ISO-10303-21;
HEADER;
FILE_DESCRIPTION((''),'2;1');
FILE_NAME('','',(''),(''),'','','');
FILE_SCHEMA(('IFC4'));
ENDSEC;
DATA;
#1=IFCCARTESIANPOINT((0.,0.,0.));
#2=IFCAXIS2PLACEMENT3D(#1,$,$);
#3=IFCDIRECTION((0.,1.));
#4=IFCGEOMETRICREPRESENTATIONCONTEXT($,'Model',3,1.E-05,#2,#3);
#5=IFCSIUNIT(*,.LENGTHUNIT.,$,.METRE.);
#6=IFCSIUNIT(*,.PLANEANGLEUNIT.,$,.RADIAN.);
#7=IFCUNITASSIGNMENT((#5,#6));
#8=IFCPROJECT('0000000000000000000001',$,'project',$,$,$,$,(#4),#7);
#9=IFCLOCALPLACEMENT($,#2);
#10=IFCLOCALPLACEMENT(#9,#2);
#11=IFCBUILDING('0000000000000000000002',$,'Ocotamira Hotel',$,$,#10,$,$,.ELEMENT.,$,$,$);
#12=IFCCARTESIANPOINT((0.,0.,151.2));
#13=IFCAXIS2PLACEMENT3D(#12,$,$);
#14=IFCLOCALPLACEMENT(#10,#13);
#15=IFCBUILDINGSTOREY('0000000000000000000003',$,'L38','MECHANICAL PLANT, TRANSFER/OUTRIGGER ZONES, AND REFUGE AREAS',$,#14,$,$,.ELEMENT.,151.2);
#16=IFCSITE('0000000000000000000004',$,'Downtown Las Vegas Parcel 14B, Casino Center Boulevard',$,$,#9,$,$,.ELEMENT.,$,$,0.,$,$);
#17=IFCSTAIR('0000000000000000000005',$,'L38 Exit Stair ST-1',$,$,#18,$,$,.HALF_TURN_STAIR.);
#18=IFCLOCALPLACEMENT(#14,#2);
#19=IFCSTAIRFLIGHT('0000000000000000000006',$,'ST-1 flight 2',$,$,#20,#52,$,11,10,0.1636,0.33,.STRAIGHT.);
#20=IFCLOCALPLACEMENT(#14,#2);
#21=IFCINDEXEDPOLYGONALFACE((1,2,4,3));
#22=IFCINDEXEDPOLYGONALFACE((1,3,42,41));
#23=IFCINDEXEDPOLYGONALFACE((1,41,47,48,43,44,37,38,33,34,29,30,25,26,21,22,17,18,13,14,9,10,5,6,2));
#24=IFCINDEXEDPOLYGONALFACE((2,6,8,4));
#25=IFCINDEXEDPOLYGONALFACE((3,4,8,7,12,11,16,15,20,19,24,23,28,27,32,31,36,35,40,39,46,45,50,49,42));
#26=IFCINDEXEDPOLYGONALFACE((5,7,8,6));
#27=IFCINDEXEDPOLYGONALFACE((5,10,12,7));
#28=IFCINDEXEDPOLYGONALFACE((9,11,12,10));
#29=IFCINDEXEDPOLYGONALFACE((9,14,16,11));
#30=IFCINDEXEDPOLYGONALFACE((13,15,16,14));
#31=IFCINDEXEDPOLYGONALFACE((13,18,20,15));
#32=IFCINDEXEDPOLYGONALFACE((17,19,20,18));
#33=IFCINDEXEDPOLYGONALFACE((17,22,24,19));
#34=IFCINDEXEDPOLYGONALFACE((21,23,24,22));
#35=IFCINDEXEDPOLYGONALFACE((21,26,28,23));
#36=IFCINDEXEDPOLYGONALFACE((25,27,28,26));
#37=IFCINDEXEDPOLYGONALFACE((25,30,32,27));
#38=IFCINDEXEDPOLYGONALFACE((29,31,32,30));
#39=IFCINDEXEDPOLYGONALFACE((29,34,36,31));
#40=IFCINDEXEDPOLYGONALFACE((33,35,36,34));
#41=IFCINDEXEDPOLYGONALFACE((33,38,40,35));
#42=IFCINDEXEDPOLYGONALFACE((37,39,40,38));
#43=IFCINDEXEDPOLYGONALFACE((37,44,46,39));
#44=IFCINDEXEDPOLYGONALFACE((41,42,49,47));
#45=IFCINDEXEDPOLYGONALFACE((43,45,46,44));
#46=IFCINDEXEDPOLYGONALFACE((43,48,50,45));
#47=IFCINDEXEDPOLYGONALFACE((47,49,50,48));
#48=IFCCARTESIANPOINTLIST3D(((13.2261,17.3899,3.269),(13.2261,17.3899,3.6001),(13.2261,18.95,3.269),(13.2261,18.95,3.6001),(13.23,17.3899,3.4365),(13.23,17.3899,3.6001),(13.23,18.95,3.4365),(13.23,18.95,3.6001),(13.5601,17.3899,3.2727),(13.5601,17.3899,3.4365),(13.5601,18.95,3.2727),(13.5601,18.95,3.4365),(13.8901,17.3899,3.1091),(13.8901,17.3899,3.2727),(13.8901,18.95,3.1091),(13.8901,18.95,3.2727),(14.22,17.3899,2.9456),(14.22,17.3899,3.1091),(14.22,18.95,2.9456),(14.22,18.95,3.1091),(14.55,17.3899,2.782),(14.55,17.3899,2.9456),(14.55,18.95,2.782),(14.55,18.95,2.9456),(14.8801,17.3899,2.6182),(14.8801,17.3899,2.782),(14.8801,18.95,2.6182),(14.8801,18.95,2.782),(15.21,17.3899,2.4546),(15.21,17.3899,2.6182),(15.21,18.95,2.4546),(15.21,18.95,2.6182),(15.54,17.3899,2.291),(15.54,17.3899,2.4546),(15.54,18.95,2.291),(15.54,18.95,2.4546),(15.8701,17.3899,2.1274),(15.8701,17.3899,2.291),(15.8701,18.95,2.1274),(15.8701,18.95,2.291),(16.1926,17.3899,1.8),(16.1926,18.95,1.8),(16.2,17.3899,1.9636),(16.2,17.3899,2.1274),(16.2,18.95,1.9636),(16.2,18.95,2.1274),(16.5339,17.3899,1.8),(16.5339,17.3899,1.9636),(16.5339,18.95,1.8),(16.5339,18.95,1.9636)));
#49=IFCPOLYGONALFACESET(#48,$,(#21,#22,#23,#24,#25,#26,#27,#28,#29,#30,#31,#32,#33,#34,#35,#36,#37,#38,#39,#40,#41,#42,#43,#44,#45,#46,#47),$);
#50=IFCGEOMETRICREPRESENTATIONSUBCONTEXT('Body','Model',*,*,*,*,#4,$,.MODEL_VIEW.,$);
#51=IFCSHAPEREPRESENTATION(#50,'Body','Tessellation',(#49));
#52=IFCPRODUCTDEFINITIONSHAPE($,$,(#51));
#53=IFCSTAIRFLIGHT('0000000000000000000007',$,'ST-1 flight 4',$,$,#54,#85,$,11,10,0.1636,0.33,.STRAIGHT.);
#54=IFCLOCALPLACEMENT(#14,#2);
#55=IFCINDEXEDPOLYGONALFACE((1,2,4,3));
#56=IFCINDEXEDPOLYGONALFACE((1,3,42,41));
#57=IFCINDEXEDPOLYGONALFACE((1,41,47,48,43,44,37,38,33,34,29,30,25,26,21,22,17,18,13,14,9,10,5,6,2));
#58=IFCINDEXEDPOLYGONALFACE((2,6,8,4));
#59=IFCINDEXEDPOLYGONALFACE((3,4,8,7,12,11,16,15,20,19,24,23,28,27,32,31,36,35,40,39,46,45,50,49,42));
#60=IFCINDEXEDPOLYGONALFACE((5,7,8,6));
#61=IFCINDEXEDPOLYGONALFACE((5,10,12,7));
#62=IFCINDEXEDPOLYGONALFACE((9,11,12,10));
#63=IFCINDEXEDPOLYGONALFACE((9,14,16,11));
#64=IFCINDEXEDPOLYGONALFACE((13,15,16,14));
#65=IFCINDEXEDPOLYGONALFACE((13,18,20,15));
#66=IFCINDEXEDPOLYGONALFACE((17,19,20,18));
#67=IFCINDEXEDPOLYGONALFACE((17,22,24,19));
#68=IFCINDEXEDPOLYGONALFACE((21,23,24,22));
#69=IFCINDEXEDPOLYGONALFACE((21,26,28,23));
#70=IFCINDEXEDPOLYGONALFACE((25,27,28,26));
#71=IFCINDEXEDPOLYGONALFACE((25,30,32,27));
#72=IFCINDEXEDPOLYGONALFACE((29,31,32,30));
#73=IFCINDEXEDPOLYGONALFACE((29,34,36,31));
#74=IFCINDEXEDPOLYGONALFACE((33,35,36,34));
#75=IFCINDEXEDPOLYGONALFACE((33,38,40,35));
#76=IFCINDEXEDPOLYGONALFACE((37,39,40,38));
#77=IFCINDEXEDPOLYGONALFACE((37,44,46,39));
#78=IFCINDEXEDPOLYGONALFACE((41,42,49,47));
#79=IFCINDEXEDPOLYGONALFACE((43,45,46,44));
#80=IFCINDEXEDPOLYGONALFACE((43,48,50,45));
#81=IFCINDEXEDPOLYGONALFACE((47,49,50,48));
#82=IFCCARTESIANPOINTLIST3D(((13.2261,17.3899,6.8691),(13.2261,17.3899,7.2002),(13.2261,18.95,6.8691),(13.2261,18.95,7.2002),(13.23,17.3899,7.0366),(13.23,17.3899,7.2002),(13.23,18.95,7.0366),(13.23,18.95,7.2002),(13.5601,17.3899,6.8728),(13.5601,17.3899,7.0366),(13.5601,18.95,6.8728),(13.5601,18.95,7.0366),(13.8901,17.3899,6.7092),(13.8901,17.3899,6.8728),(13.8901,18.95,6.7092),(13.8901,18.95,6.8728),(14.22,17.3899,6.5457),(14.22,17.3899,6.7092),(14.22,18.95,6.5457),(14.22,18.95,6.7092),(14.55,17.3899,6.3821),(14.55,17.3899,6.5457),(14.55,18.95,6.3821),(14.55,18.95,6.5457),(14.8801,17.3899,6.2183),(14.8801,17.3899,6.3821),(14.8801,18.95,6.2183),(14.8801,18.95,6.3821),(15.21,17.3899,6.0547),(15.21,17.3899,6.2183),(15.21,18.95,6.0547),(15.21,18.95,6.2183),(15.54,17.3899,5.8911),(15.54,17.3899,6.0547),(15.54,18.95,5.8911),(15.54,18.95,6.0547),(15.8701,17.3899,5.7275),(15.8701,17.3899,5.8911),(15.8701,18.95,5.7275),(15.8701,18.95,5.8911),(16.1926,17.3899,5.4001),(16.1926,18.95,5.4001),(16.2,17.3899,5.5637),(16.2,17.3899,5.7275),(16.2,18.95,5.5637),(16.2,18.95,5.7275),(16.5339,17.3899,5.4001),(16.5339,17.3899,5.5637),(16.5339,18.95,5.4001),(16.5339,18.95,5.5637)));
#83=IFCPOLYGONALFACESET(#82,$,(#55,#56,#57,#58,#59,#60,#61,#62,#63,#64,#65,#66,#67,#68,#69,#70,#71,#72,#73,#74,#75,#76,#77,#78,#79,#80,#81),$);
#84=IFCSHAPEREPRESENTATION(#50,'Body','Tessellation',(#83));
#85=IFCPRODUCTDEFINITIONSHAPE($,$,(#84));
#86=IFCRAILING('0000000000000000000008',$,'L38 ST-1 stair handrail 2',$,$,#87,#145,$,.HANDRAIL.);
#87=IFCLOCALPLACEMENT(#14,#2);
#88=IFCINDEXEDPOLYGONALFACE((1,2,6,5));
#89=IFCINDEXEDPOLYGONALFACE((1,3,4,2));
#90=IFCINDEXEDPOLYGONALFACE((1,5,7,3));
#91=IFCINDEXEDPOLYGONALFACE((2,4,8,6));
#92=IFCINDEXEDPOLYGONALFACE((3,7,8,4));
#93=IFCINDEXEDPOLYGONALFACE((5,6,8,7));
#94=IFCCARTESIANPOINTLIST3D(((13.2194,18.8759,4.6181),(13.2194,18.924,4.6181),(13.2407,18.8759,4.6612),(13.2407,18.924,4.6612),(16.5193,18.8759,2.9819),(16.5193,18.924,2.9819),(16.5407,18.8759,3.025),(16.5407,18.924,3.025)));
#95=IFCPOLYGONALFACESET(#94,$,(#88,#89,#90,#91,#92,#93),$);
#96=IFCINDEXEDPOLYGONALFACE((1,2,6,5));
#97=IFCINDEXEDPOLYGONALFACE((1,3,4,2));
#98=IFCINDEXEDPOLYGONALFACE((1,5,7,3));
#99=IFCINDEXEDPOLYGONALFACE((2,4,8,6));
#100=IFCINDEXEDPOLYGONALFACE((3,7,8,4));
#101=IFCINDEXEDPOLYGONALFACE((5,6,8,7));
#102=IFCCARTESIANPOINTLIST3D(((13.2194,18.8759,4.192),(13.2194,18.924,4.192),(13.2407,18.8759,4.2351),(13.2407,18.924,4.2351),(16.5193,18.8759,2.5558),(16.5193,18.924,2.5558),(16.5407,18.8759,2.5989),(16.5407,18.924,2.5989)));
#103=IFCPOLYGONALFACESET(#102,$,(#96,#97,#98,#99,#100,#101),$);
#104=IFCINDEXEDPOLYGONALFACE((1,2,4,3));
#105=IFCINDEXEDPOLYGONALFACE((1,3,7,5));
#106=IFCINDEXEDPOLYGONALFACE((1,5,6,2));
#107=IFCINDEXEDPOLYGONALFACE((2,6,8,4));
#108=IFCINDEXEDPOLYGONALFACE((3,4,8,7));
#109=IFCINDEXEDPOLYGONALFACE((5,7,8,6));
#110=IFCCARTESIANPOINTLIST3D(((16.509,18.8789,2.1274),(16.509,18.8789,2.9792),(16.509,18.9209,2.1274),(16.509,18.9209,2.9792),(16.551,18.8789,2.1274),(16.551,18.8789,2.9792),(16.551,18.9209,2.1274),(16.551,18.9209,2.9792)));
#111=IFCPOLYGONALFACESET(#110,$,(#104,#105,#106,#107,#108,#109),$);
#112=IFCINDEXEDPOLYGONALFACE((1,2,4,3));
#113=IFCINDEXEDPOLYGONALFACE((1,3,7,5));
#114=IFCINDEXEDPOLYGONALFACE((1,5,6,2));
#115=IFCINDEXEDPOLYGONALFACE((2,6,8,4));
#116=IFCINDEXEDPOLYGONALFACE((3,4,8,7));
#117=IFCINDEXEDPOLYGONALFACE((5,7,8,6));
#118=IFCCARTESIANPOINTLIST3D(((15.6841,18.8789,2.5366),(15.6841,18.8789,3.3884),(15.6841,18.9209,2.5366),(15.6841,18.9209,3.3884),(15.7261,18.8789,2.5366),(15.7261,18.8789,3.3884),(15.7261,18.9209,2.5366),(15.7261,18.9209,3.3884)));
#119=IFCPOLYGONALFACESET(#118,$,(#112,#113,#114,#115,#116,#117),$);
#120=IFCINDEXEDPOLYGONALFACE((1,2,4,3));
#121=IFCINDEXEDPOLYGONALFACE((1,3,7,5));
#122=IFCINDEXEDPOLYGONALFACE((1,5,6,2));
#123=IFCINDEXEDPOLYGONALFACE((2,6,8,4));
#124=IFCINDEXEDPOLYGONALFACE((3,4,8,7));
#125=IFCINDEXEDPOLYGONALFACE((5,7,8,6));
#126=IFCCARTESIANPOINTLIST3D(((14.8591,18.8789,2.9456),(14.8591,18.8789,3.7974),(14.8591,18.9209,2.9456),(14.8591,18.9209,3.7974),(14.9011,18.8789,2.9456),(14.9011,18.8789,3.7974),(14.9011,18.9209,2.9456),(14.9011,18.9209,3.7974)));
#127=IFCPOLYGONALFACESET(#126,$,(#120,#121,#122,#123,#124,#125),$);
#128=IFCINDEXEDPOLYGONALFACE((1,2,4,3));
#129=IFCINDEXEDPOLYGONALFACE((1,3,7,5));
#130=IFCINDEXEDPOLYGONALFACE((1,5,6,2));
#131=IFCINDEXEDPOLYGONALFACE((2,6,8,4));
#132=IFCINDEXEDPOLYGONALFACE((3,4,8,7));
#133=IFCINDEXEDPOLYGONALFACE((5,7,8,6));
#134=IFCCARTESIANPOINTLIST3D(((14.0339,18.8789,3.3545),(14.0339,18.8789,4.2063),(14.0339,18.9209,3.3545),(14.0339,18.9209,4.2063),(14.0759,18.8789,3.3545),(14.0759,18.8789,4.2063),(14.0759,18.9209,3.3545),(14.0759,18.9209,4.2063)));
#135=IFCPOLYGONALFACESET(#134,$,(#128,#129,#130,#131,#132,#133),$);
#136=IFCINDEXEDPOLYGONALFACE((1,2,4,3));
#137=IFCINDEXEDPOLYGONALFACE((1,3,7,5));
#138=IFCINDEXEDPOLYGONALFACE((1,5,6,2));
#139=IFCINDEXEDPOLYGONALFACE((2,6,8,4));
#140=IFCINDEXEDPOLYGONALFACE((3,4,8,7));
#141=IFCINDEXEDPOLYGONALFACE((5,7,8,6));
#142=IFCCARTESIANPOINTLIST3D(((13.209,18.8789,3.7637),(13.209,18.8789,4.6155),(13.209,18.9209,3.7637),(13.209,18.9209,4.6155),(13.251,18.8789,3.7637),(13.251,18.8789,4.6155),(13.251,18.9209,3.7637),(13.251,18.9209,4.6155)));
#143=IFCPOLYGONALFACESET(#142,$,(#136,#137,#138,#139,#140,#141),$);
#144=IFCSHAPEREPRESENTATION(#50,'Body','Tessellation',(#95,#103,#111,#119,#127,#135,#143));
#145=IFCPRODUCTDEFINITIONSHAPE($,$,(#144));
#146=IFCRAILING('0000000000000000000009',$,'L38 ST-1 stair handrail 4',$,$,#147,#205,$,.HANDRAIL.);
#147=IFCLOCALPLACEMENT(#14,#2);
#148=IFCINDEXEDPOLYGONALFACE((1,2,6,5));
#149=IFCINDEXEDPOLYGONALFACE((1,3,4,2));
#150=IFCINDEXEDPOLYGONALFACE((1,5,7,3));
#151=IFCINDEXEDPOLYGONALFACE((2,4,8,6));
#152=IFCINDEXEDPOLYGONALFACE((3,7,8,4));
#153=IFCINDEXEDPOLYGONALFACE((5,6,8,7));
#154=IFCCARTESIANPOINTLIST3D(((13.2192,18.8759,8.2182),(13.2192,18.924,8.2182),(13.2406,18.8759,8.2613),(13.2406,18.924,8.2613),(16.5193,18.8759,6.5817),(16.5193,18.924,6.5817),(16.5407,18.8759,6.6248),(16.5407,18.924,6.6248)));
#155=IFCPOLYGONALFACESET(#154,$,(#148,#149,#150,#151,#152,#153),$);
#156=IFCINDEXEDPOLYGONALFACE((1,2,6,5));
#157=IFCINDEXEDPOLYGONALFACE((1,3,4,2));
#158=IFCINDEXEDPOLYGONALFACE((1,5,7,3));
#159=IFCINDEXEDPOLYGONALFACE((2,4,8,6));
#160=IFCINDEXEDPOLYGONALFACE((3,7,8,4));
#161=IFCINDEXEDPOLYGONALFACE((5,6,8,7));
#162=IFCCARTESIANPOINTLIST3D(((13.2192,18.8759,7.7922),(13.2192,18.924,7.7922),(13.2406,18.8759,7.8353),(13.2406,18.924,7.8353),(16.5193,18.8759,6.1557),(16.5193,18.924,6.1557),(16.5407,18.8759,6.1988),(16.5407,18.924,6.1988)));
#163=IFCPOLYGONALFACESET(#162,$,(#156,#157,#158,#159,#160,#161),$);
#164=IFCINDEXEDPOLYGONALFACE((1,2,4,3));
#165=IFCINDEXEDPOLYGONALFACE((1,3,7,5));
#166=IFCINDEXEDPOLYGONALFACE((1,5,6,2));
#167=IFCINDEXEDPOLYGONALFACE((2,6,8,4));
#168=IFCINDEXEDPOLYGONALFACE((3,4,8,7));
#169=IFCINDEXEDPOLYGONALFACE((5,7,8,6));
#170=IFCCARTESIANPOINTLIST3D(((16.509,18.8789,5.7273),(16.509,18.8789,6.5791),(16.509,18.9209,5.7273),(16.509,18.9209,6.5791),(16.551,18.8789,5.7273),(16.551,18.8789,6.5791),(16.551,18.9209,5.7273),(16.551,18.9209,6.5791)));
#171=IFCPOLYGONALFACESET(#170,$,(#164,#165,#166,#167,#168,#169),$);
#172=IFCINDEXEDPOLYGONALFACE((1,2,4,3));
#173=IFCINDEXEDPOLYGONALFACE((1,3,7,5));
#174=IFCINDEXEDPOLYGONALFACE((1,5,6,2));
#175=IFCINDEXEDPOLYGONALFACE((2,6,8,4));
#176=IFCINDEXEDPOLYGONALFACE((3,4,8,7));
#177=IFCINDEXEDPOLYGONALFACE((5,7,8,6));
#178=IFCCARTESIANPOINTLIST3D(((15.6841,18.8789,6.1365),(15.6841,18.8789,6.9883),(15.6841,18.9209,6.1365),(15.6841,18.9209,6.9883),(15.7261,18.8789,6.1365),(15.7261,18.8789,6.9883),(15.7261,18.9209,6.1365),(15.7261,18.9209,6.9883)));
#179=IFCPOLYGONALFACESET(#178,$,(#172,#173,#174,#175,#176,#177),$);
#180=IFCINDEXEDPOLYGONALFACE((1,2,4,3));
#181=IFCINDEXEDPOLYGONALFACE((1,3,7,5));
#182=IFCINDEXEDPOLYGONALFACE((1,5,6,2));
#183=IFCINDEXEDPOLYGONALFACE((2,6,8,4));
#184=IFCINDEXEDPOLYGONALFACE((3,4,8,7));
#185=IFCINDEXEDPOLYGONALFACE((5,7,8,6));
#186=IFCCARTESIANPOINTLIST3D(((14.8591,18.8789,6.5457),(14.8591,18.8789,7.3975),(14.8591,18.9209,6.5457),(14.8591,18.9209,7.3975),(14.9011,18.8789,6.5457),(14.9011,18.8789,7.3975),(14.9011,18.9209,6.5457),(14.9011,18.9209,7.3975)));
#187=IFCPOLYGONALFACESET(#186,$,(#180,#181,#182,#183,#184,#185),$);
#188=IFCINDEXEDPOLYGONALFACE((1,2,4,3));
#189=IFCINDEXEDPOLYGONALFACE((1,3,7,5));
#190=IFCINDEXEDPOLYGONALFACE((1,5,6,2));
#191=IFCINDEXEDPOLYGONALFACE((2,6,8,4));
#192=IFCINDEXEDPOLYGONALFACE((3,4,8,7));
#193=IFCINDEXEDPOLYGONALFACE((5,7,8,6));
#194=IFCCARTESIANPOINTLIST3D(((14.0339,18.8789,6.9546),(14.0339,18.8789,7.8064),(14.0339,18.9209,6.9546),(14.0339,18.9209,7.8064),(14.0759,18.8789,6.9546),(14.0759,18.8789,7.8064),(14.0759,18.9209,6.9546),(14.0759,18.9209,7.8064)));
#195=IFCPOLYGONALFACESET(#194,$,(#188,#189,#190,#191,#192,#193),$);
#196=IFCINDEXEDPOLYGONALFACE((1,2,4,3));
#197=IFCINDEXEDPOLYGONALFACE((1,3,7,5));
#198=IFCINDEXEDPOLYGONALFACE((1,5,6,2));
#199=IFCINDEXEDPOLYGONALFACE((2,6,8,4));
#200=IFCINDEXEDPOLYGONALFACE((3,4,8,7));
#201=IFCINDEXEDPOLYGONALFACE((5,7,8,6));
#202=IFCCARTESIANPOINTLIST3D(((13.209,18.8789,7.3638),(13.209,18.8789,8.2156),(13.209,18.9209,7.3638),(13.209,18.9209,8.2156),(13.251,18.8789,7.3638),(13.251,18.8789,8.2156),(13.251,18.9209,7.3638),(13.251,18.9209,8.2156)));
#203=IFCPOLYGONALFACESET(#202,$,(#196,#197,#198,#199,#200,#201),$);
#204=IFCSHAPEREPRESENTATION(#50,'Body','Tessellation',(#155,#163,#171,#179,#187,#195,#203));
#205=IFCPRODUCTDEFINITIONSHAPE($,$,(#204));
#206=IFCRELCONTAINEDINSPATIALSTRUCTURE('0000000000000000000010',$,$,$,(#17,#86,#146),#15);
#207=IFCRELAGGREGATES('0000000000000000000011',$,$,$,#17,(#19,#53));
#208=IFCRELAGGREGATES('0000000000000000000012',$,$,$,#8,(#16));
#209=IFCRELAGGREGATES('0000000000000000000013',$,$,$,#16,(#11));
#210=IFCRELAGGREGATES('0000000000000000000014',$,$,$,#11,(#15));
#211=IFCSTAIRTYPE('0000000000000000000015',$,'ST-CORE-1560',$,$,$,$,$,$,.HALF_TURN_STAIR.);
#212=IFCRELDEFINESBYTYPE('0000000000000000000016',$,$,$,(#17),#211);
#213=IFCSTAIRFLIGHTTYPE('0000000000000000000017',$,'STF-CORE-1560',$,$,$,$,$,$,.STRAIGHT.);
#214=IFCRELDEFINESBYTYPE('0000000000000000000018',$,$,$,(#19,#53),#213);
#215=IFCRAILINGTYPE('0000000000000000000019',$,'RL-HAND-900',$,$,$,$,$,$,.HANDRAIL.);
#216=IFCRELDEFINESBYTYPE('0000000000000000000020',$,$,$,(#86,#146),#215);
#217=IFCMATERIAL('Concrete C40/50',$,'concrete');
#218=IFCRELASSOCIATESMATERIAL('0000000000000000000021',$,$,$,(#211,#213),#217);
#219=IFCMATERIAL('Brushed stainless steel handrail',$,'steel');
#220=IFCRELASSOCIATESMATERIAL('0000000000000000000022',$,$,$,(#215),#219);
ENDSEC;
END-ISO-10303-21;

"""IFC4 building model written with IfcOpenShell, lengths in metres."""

from ifc_helpers import new_model, si_unit, direction, frame, origin, origin_2d, place, context, subcontext, project, spatial, polyline, rectangle, outline, extrude, source, transform, mapped, material, type_object, element, aggregate, save


model = new_model("IFC4")

# Units and contexts
model_context = context("Model", 3, precision=1e-05, world=origin(), true_north=direction((0.0, 1.0)))
body_context = subcontext(model_context, "Body", "Model", "MODEL_VIEW")
ifc_project = project(units=[si_unit("LENGTHUNIT", "METRE"), si_unit("PLANEANGLEUNIT", "RADIAN")], contexts=[model_context])

# Site, building, storey
site_placement = place(None, origin())
site = spatial("IfcSite", under=ifc_project, at=site_placement, Name="Downtown Las Vegas Parcel 14B, Casino Center Boulevard", CompositionType="ELEMENT", RefElevation=0.0)
building_placement = place(site_placement, origin())
building = spatial("IfcBuilding", under=site, at=building_placement, Name="Ocotamira Hotel", CompositionType="ELEMENT")
storey_placement = place(building_placement, frame((0.0, 0.0, 151.2)))
storey = spatial("IfcBuildingStorey", under=building, at=storey_placement, Name="L38", Description="MECHANICAL PLANT, TRANSFER/OUTRIGGER ZONES, AND REFUGE AREAS", CompositionType="ELEMENT", Elevation=151.2)

# Stair, stair flights
ifc_material_1 = material(Name="Concrete C40/50", Category="concrete")
stair_type = type_object("IfcStairType", Name="ST-CORE-1560", PredefinedType="HALF_TURN_STAIR", material=ifc_material_1)
stair_placement = place(storey_placement, origin())
stair = element("IfcStair", 1, at=stair_placement, inside=storey, type_object=stair_type, Name="L38 Exit Stair ST-1", PredefinedType="HALF_TURN_STAIR")
stair_flight_type = type_object("IfcStairFlightType", Name="STF-CORE-1560", PredefinedType="STRAIGHT", material=ifc_material_1)
shared_shape_1 = source(origin(), body_context, "Body", "SweptSolid", [
    extrude(outline(polyline([(-0.0039, 0.0), (-0.0039, 0.1636), (0.3301, 0.1636), (0.3301, 0.3274), (0.6599, 0.3274), (0.6599, 0.491), (0.99, 0.491), (0.99, 0.6545), (1.3201, 0.6545), (1.3201, 0.8181), (1.6499, 0.8181), (1.6499, 0.9819), (1.98, 0.9819), (1.98, 1.1455), (2.3101, 1.1455), (2.3101, 1.3091), (2.6399, 1.3091), (2.6399, 1.4727), (2.97, 1.4727), (2.97, 1.6365), (3.3, 1.6365), (3.3, 1.8), (3.304, 1.8), (3.304, 1.469), (0.3374, 0.0), (-0.0039, 0.0)])), frame((0.0, 0.78, 0.0), z_axis=(0.0, -1.0, 0.0), x_axis=(1.0, 0.0, 0.0)), (0.0, 0.0, 1.0), 1.5601),
])
stair_flight_1_placement = place(storey_placement, frame((16.53, 18.1699, 1.8), z_axis=(0.0, 0.0, 1.0), x_axis=(-1.0, 0.0, 0.0)))
stair_flight_1 = element("IfcStairFlight", 2, at=stair_flight_1_placement, type_object=stair_flight_type, Name="ST-1 flight 2", NumberOfRisers=11, NumberOfTreads=10, PredefinedType="STRAIGHT", RiserHeight=0.1636, TreadLength=0.33, context=body_context, shape_type="MappedRepresentation", body=[
    mapped(shared_shape_1, transform((0.0, 0.0, 0.0), scale=1.0)),
])
stair_flight_2_placement = place(storey_placement, frame((16.53, 18.1699, 5.4001), z_axis=(0.0, 0.0, 1.0), x_axis=(-1.0, 0.0, 0.0)))
stair_flight_2 = element("IfcStairFlight", 3, at=stair_flight_2_placement, type_object=stair_flight_type, Name="ST-1 flight 4", NumberOfRisers=11, NumberOfTreads=10, PredefinedType="STRAIGHT", RiserHeight=0.1636, TreadLength=0.33, context=body_context, shape_type="MappedRepresentation", body=[
    mapped(shared_shape_1, transform((0.0, 0.0, 0.0), scale=1.0)),
])
aggregate(stair, [stair_flight_1, stair_flight_2])

# Railings
ifc_material_2 = material(Name="Brushed stainless steel handrail", Category="steel")
railing_type_1 = type_object("IfcRailingType", Name="RL-HAND-900", PredefinedType="HANDRAIL", material=ifc_material_2)
railing_1_placement = place(storey_placement, frame((16.53, 18.8999, 2.1274)))
element("IfcRailing", 4, at=railing_1_placement, inside=storey, type_object=railing_type_1, Name="L38 ST-1 stair handrail 2", PredefinedType="HANDRAIL", context=body_context, shape_type="SweptSolid", body=[
    extrude(rectangle(XDim=0.0481, YDim=0.0481, at=origin_2d()), frame((0.0, 0.0, 0.876), z_axis=(-0.89592, 0.0, 0.444215), x_axis=(0.0, -1.0, 0.0)), (0.0, 0.0, 1.0), 3.6833),
    extrude(rectangle(XDim=0.0481, YDim=0.0481, at=origin_2d()), frame((0.0, 0.0, 0.45), z_axis=(-0.89592, 0.0, 0.444215), x_axis=(0.0, -1.0, 0.0)), (0.0, 0.0, 1.0), 3.6833),
    extrude(rectangle(XDim=0.042, YDim=0.042, at=origin_2d()), origin(), (0.0, 0.0, 1.0), 0.8518),
    extrude(rectangle(XDim=0.042, YDim=0.042, at=origin_2d()), frame((-0.825, 0.0, 0.4092)), (0.0, 0.0, 1.0), 0.8518),
    extrude(rectangle(XDim=0.042, YDim=0.042, at=origin_2d()), frame((-1.6499, 0.0, 0.8181)), (0.0, 0.0, 1.0), 0.8518),
    extrude(rectangle(XDim=0.042, YDim=0.042, at=origin_2d()), frame((-2.4751, 0.0, 1.2271)), (0.0, 0.0, 1.0), 0.8518),
    extrude(rectangle(XDim=0.042, YDim=0.042, at=origin_2d()), frame((-3.3, 0.0, 1.6362)), (0.0, 0.0, 1.0), 0.8518),
])
railing_2_placement = place(storey_placement, frame((16.53, 18.8999, 5.7273)))
element("IfcRailing", 5, at=railing_2_placement, inside=storey, type_object=railing_type_1, Name="L38 ST-1 stair handrail 4", PredefinedType="HANDRAIL", context=body_context, shape_type="SweptSolid", body=[
    extrude(rectangle(XDim=0.0481, YDim=0.0481, at=origin_2d()), frame((0.0, 0.0, 0.876), z_axis=(-0.895894, 0.0, 0.444268), x_axis=(0.0, -1.0, 0.0)), (0.0, 0.0, 1.0), 3.6836),
    extrude(rectangle(XDim=0.0481, YDim=0.0481, at=origin_2d()), frame((0.0, 0.0, 0.45), z_axis=(-0.895894, 0.0, 0.444268), x_axis=(0.0, -1.0, 0.0)), (0.0, 0.0, 1.0), 3.6836),
    extrude(rectangle(XDim=0.042, YDim=0.042, at=origin_2d()), origin(), (0.0, 0.0, 1.0), 0.8518),
    extrude(rectangle(XDim=0.042, YDim=0.042, at=origin_2d()), frame((-0.825, 0.0, 0.4092)), (0.0, 0.0, 1.0), 0.8518),
    extrude(rectangle(XDim=0.042, YDim=0.042, at=origin_2d()), frame((-1.6499, 0.0, 0.8184)), (0.0, 0.0, 1.0), 0.8518),
    extrude(rectangle(XDim=0.042, YDim=0.042, at=origin_2d()), frame((-2.4751, 0.0, 1.2273)), (0.0, 0.0, 1.0), 0.8518),
    extrude(rectangle(XDim=0.042, YDim=0.042, at=origin_2d()), frame((-3.3, 0.0, 1.6365)), (0.0, 0.0, 1.0), 0.8518),
])

save(model, "model.ifc")
